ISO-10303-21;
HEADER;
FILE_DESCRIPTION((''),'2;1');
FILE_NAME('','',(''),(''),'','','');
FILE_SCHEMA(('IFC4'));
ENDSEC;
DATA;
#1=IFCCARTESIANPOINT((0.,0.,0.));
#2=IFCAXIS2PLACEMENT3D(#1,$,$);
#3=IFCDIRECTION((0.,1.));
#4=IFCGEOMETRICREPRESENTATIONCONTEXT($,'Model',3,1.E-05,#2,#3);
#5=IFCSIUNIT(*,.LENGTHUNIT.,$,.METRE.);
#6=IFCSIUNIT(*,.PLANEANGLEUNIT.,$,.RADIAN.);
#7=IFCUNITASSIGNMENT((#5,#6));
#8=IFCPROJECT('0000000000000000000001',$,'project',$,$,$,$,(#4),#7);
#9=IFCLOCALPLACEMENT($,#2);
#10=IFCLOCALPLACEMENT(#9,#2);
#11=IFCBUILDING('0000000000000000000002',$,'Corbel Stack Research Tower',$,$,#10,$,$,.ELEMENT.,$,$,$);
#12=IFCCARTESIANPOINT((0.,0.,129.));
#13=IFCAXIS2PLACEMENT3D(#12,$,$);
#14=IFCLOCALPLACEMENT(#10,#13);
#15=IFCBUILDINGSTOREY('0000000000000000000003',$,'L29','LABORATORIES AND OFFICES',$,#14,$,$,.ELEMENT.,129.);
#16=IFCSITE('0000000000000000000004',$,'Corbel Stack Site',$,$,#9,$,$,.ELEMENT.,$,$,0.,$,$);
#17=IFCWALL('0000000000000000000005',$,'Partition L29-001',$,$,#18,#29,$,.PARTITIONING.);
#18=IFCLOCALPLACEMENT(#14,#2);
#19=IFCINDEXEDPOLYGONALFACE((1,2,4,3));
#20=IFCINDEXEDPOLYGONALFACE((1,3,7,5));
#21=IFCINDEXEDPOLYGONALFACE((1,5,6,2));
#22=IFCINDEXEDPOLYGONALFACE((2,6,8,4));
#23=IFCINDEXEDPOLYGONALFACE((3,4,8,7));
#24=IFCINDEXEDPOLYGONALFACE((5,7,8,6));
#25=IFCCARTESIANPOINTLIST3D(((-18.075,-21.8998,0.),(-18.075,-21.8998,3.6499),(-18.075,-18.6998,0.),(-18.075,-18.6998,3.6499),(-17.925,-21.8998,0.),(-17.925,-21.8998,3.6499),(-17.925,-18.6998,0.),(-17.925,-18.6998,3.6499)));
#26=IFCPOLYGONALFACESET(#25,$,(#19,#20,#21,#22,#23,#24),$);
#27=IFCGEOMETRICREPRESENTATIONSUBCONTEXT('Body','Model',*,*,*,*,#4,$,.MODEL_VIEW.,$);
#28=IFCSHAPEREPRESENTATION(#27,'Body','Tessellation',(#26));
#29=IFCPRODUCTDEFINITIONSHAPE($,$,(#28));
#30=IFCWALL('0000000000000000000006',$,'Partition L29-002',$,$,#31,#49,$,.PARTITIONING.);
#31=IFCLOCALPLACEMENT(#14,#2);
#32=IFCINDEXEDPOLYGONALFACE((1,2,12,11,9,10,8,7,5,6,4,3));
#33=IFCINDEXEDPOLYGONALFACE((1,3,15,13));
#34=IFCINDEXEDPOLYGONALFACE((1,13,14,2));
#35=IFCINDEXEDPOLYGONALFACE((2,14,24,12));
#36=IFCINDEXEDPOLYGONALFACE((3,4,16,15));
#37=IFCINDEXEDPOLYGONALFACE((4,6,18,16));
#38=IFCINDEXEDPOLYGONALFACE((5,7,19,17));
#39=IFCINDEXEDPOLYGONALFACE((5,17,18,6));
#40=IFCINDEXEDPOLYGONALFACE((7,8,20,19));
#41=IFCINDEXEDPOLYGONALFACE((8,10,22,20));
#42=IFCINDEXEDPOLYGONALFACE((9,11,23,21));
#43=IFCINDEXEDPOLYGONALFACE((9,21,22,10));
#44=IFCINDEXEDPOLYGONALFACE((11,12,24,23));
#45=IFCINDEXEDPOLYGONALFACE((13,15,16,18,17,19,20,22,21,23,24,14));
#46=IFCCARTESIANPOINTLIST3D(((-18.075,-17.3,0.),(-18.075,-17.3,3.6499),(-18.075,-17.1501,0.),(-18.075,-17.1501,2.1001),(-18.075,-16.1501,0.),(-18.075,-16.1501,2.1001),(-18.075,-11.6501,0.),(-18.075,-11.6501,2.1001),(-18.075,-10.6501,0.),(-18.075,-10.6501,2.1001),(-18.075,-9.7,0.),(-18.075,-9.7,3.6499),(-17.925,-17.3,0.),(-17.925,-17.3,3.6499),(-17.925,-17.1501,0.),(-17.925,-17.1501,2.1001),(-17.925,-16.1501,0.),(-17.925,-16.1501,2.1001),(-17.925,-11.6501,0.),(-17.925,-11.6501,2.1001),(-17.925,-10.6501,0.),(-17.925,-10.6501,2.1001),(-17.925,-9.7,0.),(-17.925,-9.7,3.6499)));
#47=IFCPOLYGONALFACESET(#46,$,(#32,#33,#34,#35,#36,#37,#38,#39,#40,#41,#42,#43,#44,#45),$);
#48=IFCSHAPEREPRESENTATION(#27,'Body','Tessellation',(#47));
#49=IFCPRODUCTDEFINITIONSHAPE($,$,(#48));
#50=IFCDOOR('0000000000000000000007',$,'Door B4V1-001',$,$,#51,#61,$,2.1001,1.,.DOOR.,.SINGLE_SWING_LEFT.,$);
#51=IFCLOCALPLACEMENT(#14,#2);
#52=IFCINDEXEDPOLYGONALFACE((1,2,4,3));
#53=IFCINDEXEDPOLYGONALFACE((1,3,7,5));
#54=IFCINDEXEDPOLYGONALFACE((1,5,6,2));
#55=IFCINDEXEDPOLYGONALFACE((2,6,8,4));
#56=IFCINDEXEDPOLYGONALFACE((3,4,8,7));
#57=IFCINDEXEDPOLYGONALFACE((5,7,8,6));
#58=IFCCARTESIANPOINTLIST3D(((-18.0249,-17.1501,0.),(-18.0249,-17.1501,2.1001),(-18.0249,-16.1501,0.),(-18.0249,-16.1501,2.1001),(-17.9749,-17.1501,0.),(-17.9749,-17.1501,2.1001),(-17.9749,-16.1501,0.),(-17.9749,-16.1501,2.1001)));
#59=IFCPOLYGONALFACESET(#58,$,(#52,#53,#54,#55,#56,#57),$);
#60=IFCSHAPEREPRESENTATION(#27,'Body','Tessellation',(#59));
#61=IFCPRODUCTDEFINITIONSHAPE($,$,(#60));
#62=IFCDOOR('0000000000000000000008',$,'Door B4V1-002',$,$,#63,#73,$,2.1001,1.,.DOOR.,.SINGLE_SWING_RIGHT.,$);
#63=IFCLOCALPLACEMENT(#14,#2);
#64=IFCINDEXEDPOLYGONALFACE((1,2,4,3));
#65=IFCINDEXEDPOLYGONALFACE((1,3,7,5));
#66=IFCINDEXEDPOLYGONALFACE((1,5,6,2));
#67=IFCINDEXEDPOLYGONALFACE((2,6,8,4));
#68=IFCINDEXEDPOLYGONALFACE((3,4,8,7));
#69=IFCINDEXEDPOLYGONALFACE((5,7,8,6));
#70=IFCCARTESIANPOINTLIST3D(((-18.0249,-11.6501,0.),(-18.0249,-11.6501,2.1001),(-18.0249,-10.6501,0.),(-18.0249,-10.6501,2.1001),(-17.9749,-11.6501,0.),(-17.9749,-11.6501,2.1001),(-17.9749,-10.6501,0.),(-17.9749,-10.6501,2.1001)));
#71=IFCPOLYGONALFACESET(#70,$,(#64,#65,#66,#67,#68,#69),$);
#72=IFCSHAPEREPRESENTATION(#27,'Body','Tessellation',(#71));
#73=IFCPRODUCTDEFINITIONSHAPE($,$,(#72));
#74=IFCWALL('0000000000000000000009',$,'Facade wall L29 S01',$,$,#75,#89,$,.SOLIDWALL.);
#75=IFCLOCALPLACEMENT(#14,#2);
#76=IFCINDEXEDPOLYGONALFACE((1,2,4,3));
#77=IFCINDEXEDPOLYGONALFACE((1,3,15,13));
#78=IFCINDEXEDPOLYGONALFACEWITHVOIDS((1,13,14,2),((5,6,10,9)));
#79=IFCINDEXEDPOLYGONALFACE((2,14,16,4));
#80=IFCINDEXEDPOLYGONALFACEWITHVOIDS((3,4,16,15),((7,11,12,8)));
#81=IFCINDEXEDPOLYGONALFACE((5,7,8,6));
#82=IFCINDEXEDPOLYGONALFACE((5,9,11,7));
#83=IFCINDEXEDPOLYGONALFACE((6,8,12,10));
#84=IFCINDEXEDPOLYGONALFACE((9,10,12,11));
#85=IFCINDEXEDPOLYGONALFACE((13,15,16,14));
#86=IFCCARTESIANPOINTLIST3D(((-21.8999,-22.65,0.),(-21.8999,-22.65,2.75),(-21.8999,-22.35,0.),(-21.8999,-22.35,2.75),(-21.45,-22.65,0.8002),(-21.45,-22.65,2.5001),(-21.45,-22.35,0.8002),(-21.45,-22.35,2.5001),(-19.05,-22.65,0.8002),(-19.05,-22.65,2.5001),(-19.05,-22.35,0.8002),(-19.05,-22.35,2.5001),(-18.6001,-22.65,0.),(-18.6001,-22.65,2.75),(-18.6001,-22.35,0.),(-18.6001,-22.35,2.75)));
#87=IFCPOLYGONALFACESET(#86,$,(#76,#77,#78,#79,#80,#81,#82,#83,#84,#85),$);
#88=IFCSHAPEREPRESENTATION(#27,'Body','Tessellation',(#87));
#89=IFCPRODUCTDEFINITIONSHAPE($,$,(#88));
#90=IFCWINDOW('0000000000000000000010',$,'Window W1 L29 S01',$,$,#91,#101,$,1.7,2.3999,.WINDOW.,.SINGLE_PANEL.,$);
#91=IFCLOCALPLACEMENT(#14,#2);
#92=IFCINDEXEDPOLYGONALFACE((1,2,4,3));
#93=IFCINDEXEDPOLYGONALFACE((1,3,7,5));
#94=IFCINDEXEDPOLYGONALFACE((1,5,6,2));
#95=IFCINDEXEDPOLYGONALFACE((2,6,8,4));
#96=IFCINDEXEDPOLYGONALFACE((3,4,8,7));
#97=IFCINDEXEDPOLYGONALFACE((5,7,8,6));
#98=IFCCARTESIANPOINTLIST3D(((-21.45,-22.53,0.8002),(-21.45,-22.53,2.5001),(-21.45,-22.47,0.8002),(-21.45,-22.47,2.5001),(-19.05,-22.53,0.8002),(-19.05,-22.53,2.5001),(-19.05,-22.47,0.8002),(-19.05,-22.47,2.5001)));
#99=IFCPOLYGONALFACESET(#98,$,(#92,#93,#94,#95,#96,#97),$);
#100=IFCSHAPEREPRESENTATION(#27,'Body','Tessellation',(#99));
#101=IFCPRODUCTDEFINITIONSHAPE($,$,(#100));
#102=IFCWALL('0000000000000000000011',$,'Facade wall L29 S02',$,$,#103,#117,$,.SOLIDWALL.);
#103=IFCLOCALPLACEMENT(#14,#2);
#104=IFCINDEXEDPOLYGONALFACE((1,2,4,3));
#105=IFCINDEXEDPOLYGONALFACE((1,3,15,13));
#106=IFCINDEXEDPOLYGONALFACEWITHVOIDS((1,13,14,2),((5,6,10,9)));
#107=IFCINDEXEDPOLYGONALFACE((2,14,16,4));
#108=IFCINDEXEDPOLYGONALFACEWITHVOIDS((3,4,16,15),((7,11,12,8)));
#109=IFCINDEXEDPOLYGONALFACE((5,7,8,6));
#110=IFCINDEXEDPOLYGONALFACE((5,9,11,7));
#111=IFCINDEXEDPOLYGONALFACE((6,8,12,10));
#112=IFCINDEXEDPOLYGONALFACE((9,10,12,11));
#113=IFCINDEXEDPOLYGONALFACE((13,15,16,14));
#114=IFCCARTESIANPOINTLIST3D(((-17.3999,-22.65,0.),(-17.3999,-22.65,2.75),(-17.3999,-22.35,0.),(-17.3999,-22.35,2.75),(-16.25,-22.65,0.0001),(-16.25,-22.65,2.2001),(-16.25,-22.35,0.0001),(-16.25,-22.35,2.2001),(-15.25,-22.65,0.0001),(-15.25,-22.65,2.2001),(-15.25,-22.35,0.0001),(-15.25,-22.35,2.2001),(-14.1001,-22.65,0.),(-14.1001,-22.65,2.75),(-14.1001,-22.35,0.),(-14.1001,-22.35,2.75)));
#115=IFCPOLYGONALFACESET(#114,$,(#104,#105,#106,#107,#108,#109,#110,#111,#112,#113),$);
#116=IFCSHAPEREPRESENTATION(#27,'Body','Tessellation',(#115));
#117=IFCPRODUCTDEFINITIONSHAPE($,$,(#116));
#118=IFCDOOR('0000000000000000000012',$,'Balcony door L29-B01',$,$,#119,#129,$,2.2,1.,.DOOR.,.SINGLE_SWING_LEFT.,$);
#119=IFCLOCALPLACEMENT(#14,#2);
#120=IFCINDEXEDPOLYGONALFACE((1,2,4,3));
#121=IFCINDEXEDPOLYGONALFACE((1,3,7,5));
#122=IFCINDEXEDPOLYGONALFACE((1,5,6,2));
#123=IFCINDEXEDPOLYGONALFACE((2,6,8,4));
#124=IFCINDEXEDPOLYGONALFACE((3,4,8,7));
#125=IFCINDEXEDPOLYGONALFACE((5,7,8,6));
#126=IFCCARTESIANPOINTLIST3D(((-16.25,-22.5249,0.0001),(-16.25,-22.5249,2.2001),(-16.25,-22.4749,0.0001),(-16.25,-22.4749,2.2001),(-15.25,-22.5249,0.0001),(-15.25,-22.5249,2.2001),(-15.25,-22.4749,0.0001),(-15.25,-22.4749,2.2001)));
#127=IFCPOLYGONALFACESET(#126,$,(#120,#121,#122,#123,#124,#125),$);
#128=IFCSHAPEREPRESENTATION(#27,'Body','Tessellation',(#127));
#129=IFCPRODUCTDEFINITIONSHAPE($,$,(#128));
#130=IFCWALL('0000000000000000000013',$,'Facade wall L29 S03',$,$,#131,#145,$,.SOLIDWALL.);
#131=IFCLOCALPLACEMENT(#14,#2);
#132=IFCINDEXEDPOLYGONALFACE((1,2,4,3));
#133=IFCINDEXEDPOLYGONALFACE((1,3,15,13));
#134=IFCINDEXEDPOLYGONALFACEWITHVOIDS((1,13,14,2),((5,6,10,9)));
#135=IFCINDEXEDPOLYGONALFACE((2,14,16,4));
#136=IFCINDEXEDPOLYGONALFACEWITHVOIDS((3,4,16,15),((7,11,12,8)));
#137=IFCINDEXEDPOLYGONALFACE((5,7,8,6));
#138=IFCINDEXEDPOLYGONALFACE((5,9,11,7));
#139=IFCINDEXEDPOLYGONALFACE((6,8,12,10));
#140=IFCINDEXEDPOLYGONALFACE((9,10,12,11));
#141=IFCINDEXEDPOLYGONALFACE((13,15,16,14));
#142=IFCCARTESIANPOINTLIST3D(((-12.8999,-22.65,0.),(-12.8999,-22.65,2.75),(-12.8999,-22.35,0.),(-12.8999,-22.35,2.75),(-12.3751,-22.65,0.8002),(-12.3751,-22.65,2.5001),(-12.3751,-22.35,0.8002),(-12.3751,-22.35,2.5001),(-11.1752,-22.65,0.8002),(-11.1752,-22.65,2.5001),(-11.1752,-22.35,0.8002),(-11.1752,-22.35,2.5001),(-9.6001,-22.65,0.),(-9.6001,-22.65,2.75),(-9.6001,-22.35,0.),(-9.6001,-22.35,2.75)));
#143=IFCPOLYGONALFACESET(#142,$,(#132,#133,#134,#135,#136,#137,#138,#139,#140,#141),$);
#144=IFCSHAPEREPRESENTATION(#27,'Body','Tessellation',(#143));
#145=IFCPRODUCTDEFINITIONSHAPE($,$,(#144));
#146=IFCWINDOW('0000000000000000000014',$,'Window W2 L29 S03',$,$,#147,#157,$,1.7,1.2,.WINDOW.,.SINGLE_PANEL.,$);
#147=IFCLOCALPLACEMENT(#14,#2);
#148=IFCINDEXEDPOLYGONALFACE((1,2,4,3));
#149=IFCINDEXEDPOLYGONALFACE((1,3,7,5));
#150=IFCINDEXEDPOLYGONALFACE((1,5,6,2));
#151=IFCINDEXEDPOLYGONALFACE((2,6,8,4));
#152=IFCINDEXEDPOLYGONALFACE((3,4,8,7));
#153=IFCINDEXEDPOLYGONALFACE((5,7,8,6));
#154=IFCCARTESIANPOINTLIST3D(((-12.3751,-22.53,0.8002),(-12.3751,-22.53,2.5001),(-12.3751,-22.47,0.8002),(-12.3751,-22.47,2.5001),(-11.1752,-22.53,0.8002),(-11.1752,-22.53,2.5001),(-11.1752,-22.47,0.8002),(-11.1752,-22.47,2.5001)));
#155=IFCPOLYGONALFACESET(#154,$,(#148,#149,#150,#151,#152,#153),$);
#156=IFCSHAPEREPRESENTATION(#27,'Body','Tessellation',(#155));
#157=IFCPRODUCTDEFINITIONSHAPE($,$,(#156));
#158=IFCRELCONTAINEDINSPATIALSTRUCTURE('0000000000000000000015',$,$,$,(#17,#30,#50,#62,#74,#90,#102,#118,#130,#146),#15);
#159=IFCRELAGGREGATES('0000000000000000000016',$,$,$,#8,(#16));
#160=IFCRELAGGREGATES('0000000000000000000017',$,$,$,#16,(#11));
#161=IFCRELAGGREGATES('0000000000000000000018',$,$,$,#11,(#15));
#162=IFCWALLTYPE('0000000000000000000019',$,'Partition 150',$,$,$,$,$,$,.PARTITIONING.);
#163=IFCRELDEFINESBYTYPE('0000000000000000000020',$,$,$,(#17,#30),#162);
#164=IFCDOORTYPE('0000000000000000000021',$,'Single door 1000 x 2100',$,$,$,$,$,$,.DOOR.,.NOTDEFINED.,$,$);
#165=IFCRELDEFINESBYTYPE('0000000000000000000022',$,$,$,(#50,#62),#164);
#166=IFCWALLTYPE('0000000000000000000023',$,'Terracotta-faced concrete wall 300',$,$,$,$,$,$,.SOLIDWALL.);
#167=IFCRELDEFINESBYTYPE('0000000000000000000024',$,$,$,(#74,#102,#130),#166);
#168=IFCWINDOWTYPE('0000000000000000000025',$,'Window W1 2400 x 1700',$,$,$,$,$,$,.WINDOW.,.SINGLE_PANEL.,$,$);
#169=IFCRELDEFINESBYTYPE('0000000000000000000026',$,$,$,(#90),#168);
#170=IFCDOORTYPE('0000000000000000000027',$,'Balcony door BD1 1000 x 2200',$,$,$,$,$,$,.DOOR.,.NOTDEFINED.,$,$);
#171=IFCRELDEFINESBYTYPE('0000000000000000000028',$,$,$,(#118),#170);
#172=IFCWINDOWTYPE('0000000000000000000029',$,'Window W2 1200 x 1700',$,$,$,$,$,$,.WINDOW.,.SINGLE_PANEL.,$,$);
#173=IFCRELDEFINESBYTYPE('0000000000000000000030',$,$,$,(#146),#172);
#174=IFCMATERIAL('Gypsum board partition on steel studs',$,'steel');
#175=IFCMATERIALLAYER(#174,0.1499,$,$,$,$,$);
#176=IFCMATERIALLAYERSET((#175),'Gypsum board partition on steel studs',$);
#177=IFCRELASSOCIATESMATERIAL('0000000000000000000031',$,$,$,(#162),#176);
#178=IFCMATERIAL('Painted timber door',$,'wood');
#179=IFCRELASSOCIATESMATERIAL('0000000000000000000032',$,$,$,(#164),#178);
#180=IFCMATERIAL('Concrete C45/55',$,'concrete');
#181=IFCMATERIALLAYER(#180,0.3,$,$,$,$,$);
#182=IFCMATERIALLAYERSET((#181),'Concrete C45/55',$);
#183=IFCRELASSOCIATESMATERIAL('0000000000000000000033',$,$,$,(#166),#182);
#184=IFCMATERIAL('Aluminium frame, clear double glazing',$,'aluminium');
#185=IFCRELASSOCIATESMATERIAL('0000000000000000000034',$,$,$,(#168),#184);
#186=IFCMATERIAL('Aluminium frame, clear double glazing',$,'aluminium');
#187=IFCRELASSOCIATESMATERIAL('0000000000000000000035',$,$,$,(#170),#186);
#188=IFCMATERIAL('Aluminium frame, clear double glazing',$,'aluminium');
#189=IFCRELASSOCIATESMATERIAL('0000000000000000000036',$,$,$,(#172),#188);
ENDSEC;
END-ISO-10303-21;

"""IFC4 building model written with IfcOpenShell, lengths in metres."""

from ifc_helpers import new_model, si_unit, direction, frame, frame_2d, origin, place, context, subcontext, project, spatial, rectangle, extrude, material, layer, layer_set, type_object, element, fill, save


model = new_model("IFC4")

# Units and contexts
model_context = context("Model", 3, precision=1e-05, world=origin(), true_north=direction((0.0, 1.0)))
body_context = subcontext(model_context, "Body", "Model", "MODEL_VIEW")
ifc_project = project(units=[si_unit("LENGTHUNIT", "METRE"), si_unit("PLANEANGLEUNIT", "RADIAN")], contexts=[model_context])

# Site, building, storey
site_placement = place(None, origin())
site = spatial("IfcSite", under=ifc_project, at=site_placement, Name="Corbel Stack Site", CompositionType="ELEMENT", RefElevation=0.0)
building_placement = place(site_placement, origin())
building = spatial("IfcBuilding", under=site, at=building_placement, Name="Corbel Stack Research Tower", CompositionType="ELEMENT")
storey_placement = place(building_placement, frame((0.0, 0.0, 129.0)))
storey = spatial("IfcBuildingStorey", under=building, at=storey_placement, Name="L29", Description="LABORATORIES AND OFFICES", CompositionType="ELEMENT", Elevation=129.0)

# Wall
ifc_material_1 = material(Name="Gypsum board partition on steel studs", Category="steel")
ifc_layer_1 = layer(ifc_material_1, 0.1499)
ifc_layer_set_1 = layer_set([ifc_layer_1], Name="Gypsum board partition on steel studs")
wall_type_1 = type_object("IfcWallType", Name="Partition 150", PredefinedType="PARTITIONING", material=ifc_layer_set_1)
wall_1_placement = place(storey_placement, frame((-18.0, -21.8999, 0.0), z_axis=(0.0, 0.0, 1.0), x_axis=(0.0, 1.0, 0.0)))
element("IfcWall", 1, at=wall_1_placement, inside=storey, type_object=wall_type_1, Name="Partition L29-001", PredefinedType="PARTITIONING", context=body_context, shape_type="SweptSolid", body=[
    extrude(rectangle(XDim=3.2, YDim=0.1499, at=frame_2d((1.6001, 0.0))), origin(), (0.0, 0.0, 1.0), 3.6499),
])

# Wall, openings, doors
wall_2_placement = place(storey_placement, frame((-18.0, -17.3, 0.0), z_axis=(0.0, 0.0, 1.0), x_axis=(0.0, 1.0, 0.0)))
wall_2 = element("IfcWall", 2, at=wall_2_placement, inside=storey, type_object=wall_type_1, Name="Partition L29-002", PredefinedType="PARTITIONING", context=body_context, shape_type="SweptSolid", body=[
    extrude(rectangle(XDim=7.6001, YDim=0.1499, at=frame_2d((3.8, 0.0))), origin(), (0.0, 0.0, 1.0), 3.6499),
])
opening_1_placement = place(wall_2_placement, frame((0.1499, 0.0, 0.0)))
opening_1 = element("IfcOpeningElement", 3, at=opening_1_placement, cuts=wall_2, PredefinedType="OPENING", context=body_context, shape_type="SweptSolid", body=[
    extrude(rectangle(XDim=1.0, YDim=2.1001, at=frame_2d((0.5, 1.05))), frame((0.0, 0.085, 0.0), z_axis=(0.0, -1.0, 0.0), x_axis=(1.0, 0.0, 0.0)), (0.0, 0.0, 1.0), 0.1699),
])
opening_2_placement = place(wall_2_placement, frame((5.6499, 0.0, 0.0)))
opening_2 = element("IfcOpeningElement", 4, at=opening_2_placement, cuts=wall_2, PredefinedType="OPENING", context=body_context, shape_type="SweptSolid", body=[
    extrude(rectangle(XDim=1.0, YDim=2.1001, at=frame_2d((0.5, 1.05))), frame((0.0, 0.085, 0.0), z_axis=(0.0, -1.0, 0.0), x_axis=(1.0, 0.0, 0.0)), (0.0, 0.0, 1.0), 0.1699),
])
ifc_material_2 = material(Name="Painted timber door", Category="wood")
door_type_1 = type_object("IfcDoorType", Name="Single door 1000 x 2100", OperationType="NOTDEFINED", PredefinedType="DOOR", material=ifc_material_2)
door_1_placement = place(opening_1_placement, origin())
door_1 = element("IfcDoor", 5, at=door_1_placement, inside=storey, type_object=door_type_1, Name="Door B4V1-001", OperationType="SINGLE_SWING_LEFT", OverallHeight=2.1001, OverallWidth=1.0, PredefinedType="DOOR", context=body_context, shape_type="SweptSolid", body=[
    extrude(rectangle(XDim=1.0, YDim=2.1001, at=frame_2d((0.5, 1.05))), frame((0.0, 0.0249, 0.0), z_axis=(0.0, -1.0, 0.0), x_axis=(1.0, 0.0, 0.0)), (0.0, 0.0, 1.0), 0.05),
])
fill(opening_1, door_1)
door_2_placement = place(opening_2_placement, origin())
door_2 = element("IfcDoor", 6, at=door_2_placement, inside=storey, type_object=door_type_1, Name="Door B4V1-002", OperationType="SINGLE_SWING_RIGHT", OverallHeight=2.1001, OverallWidth=1.0, PredefinedType="DOOR", context=body_context, shape_type="SweptSolid", body=[
    extrude(rectangle(XDim=1.0, YDim=2.1001, at=frame_2d((0.5, 1.05))), frame((0.0, 0.0249, 0.0), z_axis=(0.0, -1.0, 0.0), x_axis=(1.0, 0.0, 0.0)), (0.0, 0.0, 1.0), 0.05),
])
fill(opening_2, door_2)

# Wall, opening, window
ifc_material_3 = material(Name="Concrete C45/55", Category="concrete")
ifc_layer_2 = layer(ifc_material_3, 0.3)
ifc_layer_set_2 = layer_set([ifc_layer_2], Name="Concrete C45/55")
wall_type_2 = type_object("IfcWallType", Name="Terracotta-faced concrete wall 300", PredefinedType="SOLIDWALL", material=ifc_layer_set_2)
wall_3_placement = place(storey_placement, frame((-18.6001, -22.5, 0.0), z_axis=(0.0, 0.0, 1.0), x_axis=(-1.0, 0.0, 0.0)))
wall_3 = element("IfcWall", 7, at=wall_3_placement, inside=storey, type_object=wall_type_2, Name="Facade wall L29 S01", PredefinedType="SOLIDWALL", context=body_context, shape_type="SweptSolid", body=[
    extrude(rectangle(XDim=3.2998, YDim=0.3, at=frame_2d((1.6499, 0.0))), origin(), (0.0, 0.0, 1.0), 2.75),
])
opening_3_placement = place(wall_3_placement, frame((0.45, 0.0, 0.8)))
opening_3 = element("IfcOpeningElement", 8, at=opening_3_placement, cuts=wall_3, PredefinedType="OPENING", context=body_context, shape_type="SweptSolid", body=[
    extrude(rectangle(XDim=2.3999, YDim=1.7, at=frame_2d((1.2, 0.8501))), frame((0.0, 0.1599, 0.0), z_axis=(0.0, -1.0, 0.0), x_axis=(1.0, 0.0, 0.0)), (0.0, 0.0, 1.0), 0.3201),
])
ifc_material_4 = material(Name="Aluminium frame, clear double glazing", Category="aluminium")
window_type_1 = type_object("IfcWindowType", Name="Window W1 2400 x 1700", PartitioningType="SINGLE_PANEL", PredefinedType="WINDOW", material=ifc_material_4)
window_1_placement = place(opening_3_placement, origin())
window_1 = element("IfcWindow", 9, at=window_1_placement, inside=storey, type_object=window_type_1, Name="Window W1 L29 S01", OverallHeight=1.7, OverallWidth=2.3999, PartitioningType="SINGLE_PANEL", PredefinedType="WINDOW", context=body_context, shape_type="SweptSolid", body=[
    extrude(rectangle(XDim=2.3999, YDim=1.7, at=frame_2d((1.2, 0.8501))), frame((0.0, 0.03, 0.0), z_axis=(0.0, -1.0, 0.0), x_axis=(1.0, 0.0, 0.0)), (0.0, 0.0, 1.0), 0.0601),
])
fill(opening_3, window_1)

# Wall, opening, door
wall_4_placement = place(storey_placement, frame((-14.1001, -22.5, 0.0), z_axis=(0.0, 0.0, 1.0), x_axis=(-1.0, 0.0, 0.0)))
wall_4 = element("IfcWall", 10, at=wall_4_placement, inside=storey, type_object=wall_type_2, Name="Facade wall L29 S02", PredefinedType="SOLIDWALL", context=body_context, shape_type="SweptSolid", body=[
    extrude(rectangle(XDim=3.2998, YDim=0.3, at=frame_2d((1.6499, 0.0))), origin(), (0.0, 0.0, 1.0), 2.75),
])
opening_4_placement = place(wall_4_placement, frame((1.1499, 0.0, 0.0)))
opening_4 = element("IfcOpeningElement", 11, at=opening_4_placement, cuts=wall_4, PredefinedType="OPENING", context=body_context, shape_type="SweptSolid", body=[
    extrude(rectangle(XDim=1.0, YDim=2.2, at=frame_2d((0.5, 1.1001))), frame((0.0, 0.1599, 0.0), z_axis=(0.0, -1.0, 0.0), x_axis=(1.0, 0.0, 0.0)), (0.0, 0.0, 1.0), 0.3201),
])
ifc_material_5 = material(Name="Aluminium frame, clear double glazing", Category="aluminium")
door_type_2 = type_object("IfcDoorType", Name="Balcony door BD1 1000 x 2200", OperationType="NOTDEFINED", PredefinedType="DOOR", material=ifc_material_5)
door_3_placement = place(opening_4_placement, origin())
door_3 = element("IfcDoor", 12, at=door_3_placement, inside=storey, type_object=door_type_2, Name="Balcony door L29-B01", OperationType="SINGLE_SWING_LEFT", OverallHeight=2.2, OverallWidth=1.0, PredefinedType="DOOR", context=body_context, shape_type="SweptSolid", body=[
    extrude(rectangle(XDim=1.0, YDim=2.2, at=frame_2d((0.5, 1.1001))), frame((0.0, 0.0249, 0.0), z_axis=(0.0, -1.0, 0.0), x_axis=(1.0, 0.0, 0.0)), (0.0, 0.0, 1.0), 0.05),
])
fill(opening_4, door_3)

# Wall, opening, window
wall_5_placement = place(storey_placement, frame((-9.6001, -22.5, 0.0), z_axis=(0.0, 0.0, 1.0), x_axis=(-1.0, 0.0, 0.0)))
wall_5 = element("IfcWall", 13, at=wall_5_placement, inside=storey, type_object=wall_type_2, Name="Facade wall L29 S03", PredefinedType="SOLIDWALL", context=body_context, shape_type="SweptSolid", body=[
    extrude(rectangle(XDim=3.2998, YDim=0.3, at=frame_2d((1.6499, 0.0))), origin(), (0.0, 0.0, 1.0), 2.75),
])
opening_5_placement = place(wall_5_placement, frame((1.575, 0.0, 0.8)))
opening_5 = element("IfcOpeningElement", 14, at=opening_5_placement, cuts=wall_5, PredefinedType="OPENING", context=body_context, shape_type="SweptSolid", body=[
    extrude(rectangle(XDim=1.2, YDim=1.7, at=frame_2d((0.6001, 0.8501))), frame((0.0, 0.1599, 0.0), z_axis=(0.0, -1.0, 0.0), x_axis=(1.0, 0.0, 0.0)), (0.0, 0.0, 1.0), 0.3201),
])
ifc_material_6 = material(Name="Aluminium frame, clear double glazing", Category="aluminium")
window_type_2 = type_object("IfcWindowType", Name="Window W2 1200 x 1700", PartitioningType="SINGLE_PANEL", PredefinedType="WINDOW", material=ifc_material_6)
window_2_placement = place(opening_5_placement, origin())
window_2 = element("IfcWindow", 15, at=window_2_placement, inside=storey, type_object=window_type_2, Name="Window W2 L29 S03", OverallHeight=1.7, OverallWidth=1.2, PartitioningType="SINGLE_PANEL", PredefinedType="WINDOW", context=body_context, shape_type="SweptSolid", body=[
    extrude(rectangle(XDim=1.2, YDim=1.7, at=frame_2d((0.6001, 0.8501))), frame((0.0, 0.03, 0.0), z_axis=(0.0, -1.0, 0.0), x_axis=(1.0, 0.0, 0.0)), (0.0, 0.0, 1.0), 0.0601),
])
fill(opening_5, window_2)

save(model, "model.ifc")
